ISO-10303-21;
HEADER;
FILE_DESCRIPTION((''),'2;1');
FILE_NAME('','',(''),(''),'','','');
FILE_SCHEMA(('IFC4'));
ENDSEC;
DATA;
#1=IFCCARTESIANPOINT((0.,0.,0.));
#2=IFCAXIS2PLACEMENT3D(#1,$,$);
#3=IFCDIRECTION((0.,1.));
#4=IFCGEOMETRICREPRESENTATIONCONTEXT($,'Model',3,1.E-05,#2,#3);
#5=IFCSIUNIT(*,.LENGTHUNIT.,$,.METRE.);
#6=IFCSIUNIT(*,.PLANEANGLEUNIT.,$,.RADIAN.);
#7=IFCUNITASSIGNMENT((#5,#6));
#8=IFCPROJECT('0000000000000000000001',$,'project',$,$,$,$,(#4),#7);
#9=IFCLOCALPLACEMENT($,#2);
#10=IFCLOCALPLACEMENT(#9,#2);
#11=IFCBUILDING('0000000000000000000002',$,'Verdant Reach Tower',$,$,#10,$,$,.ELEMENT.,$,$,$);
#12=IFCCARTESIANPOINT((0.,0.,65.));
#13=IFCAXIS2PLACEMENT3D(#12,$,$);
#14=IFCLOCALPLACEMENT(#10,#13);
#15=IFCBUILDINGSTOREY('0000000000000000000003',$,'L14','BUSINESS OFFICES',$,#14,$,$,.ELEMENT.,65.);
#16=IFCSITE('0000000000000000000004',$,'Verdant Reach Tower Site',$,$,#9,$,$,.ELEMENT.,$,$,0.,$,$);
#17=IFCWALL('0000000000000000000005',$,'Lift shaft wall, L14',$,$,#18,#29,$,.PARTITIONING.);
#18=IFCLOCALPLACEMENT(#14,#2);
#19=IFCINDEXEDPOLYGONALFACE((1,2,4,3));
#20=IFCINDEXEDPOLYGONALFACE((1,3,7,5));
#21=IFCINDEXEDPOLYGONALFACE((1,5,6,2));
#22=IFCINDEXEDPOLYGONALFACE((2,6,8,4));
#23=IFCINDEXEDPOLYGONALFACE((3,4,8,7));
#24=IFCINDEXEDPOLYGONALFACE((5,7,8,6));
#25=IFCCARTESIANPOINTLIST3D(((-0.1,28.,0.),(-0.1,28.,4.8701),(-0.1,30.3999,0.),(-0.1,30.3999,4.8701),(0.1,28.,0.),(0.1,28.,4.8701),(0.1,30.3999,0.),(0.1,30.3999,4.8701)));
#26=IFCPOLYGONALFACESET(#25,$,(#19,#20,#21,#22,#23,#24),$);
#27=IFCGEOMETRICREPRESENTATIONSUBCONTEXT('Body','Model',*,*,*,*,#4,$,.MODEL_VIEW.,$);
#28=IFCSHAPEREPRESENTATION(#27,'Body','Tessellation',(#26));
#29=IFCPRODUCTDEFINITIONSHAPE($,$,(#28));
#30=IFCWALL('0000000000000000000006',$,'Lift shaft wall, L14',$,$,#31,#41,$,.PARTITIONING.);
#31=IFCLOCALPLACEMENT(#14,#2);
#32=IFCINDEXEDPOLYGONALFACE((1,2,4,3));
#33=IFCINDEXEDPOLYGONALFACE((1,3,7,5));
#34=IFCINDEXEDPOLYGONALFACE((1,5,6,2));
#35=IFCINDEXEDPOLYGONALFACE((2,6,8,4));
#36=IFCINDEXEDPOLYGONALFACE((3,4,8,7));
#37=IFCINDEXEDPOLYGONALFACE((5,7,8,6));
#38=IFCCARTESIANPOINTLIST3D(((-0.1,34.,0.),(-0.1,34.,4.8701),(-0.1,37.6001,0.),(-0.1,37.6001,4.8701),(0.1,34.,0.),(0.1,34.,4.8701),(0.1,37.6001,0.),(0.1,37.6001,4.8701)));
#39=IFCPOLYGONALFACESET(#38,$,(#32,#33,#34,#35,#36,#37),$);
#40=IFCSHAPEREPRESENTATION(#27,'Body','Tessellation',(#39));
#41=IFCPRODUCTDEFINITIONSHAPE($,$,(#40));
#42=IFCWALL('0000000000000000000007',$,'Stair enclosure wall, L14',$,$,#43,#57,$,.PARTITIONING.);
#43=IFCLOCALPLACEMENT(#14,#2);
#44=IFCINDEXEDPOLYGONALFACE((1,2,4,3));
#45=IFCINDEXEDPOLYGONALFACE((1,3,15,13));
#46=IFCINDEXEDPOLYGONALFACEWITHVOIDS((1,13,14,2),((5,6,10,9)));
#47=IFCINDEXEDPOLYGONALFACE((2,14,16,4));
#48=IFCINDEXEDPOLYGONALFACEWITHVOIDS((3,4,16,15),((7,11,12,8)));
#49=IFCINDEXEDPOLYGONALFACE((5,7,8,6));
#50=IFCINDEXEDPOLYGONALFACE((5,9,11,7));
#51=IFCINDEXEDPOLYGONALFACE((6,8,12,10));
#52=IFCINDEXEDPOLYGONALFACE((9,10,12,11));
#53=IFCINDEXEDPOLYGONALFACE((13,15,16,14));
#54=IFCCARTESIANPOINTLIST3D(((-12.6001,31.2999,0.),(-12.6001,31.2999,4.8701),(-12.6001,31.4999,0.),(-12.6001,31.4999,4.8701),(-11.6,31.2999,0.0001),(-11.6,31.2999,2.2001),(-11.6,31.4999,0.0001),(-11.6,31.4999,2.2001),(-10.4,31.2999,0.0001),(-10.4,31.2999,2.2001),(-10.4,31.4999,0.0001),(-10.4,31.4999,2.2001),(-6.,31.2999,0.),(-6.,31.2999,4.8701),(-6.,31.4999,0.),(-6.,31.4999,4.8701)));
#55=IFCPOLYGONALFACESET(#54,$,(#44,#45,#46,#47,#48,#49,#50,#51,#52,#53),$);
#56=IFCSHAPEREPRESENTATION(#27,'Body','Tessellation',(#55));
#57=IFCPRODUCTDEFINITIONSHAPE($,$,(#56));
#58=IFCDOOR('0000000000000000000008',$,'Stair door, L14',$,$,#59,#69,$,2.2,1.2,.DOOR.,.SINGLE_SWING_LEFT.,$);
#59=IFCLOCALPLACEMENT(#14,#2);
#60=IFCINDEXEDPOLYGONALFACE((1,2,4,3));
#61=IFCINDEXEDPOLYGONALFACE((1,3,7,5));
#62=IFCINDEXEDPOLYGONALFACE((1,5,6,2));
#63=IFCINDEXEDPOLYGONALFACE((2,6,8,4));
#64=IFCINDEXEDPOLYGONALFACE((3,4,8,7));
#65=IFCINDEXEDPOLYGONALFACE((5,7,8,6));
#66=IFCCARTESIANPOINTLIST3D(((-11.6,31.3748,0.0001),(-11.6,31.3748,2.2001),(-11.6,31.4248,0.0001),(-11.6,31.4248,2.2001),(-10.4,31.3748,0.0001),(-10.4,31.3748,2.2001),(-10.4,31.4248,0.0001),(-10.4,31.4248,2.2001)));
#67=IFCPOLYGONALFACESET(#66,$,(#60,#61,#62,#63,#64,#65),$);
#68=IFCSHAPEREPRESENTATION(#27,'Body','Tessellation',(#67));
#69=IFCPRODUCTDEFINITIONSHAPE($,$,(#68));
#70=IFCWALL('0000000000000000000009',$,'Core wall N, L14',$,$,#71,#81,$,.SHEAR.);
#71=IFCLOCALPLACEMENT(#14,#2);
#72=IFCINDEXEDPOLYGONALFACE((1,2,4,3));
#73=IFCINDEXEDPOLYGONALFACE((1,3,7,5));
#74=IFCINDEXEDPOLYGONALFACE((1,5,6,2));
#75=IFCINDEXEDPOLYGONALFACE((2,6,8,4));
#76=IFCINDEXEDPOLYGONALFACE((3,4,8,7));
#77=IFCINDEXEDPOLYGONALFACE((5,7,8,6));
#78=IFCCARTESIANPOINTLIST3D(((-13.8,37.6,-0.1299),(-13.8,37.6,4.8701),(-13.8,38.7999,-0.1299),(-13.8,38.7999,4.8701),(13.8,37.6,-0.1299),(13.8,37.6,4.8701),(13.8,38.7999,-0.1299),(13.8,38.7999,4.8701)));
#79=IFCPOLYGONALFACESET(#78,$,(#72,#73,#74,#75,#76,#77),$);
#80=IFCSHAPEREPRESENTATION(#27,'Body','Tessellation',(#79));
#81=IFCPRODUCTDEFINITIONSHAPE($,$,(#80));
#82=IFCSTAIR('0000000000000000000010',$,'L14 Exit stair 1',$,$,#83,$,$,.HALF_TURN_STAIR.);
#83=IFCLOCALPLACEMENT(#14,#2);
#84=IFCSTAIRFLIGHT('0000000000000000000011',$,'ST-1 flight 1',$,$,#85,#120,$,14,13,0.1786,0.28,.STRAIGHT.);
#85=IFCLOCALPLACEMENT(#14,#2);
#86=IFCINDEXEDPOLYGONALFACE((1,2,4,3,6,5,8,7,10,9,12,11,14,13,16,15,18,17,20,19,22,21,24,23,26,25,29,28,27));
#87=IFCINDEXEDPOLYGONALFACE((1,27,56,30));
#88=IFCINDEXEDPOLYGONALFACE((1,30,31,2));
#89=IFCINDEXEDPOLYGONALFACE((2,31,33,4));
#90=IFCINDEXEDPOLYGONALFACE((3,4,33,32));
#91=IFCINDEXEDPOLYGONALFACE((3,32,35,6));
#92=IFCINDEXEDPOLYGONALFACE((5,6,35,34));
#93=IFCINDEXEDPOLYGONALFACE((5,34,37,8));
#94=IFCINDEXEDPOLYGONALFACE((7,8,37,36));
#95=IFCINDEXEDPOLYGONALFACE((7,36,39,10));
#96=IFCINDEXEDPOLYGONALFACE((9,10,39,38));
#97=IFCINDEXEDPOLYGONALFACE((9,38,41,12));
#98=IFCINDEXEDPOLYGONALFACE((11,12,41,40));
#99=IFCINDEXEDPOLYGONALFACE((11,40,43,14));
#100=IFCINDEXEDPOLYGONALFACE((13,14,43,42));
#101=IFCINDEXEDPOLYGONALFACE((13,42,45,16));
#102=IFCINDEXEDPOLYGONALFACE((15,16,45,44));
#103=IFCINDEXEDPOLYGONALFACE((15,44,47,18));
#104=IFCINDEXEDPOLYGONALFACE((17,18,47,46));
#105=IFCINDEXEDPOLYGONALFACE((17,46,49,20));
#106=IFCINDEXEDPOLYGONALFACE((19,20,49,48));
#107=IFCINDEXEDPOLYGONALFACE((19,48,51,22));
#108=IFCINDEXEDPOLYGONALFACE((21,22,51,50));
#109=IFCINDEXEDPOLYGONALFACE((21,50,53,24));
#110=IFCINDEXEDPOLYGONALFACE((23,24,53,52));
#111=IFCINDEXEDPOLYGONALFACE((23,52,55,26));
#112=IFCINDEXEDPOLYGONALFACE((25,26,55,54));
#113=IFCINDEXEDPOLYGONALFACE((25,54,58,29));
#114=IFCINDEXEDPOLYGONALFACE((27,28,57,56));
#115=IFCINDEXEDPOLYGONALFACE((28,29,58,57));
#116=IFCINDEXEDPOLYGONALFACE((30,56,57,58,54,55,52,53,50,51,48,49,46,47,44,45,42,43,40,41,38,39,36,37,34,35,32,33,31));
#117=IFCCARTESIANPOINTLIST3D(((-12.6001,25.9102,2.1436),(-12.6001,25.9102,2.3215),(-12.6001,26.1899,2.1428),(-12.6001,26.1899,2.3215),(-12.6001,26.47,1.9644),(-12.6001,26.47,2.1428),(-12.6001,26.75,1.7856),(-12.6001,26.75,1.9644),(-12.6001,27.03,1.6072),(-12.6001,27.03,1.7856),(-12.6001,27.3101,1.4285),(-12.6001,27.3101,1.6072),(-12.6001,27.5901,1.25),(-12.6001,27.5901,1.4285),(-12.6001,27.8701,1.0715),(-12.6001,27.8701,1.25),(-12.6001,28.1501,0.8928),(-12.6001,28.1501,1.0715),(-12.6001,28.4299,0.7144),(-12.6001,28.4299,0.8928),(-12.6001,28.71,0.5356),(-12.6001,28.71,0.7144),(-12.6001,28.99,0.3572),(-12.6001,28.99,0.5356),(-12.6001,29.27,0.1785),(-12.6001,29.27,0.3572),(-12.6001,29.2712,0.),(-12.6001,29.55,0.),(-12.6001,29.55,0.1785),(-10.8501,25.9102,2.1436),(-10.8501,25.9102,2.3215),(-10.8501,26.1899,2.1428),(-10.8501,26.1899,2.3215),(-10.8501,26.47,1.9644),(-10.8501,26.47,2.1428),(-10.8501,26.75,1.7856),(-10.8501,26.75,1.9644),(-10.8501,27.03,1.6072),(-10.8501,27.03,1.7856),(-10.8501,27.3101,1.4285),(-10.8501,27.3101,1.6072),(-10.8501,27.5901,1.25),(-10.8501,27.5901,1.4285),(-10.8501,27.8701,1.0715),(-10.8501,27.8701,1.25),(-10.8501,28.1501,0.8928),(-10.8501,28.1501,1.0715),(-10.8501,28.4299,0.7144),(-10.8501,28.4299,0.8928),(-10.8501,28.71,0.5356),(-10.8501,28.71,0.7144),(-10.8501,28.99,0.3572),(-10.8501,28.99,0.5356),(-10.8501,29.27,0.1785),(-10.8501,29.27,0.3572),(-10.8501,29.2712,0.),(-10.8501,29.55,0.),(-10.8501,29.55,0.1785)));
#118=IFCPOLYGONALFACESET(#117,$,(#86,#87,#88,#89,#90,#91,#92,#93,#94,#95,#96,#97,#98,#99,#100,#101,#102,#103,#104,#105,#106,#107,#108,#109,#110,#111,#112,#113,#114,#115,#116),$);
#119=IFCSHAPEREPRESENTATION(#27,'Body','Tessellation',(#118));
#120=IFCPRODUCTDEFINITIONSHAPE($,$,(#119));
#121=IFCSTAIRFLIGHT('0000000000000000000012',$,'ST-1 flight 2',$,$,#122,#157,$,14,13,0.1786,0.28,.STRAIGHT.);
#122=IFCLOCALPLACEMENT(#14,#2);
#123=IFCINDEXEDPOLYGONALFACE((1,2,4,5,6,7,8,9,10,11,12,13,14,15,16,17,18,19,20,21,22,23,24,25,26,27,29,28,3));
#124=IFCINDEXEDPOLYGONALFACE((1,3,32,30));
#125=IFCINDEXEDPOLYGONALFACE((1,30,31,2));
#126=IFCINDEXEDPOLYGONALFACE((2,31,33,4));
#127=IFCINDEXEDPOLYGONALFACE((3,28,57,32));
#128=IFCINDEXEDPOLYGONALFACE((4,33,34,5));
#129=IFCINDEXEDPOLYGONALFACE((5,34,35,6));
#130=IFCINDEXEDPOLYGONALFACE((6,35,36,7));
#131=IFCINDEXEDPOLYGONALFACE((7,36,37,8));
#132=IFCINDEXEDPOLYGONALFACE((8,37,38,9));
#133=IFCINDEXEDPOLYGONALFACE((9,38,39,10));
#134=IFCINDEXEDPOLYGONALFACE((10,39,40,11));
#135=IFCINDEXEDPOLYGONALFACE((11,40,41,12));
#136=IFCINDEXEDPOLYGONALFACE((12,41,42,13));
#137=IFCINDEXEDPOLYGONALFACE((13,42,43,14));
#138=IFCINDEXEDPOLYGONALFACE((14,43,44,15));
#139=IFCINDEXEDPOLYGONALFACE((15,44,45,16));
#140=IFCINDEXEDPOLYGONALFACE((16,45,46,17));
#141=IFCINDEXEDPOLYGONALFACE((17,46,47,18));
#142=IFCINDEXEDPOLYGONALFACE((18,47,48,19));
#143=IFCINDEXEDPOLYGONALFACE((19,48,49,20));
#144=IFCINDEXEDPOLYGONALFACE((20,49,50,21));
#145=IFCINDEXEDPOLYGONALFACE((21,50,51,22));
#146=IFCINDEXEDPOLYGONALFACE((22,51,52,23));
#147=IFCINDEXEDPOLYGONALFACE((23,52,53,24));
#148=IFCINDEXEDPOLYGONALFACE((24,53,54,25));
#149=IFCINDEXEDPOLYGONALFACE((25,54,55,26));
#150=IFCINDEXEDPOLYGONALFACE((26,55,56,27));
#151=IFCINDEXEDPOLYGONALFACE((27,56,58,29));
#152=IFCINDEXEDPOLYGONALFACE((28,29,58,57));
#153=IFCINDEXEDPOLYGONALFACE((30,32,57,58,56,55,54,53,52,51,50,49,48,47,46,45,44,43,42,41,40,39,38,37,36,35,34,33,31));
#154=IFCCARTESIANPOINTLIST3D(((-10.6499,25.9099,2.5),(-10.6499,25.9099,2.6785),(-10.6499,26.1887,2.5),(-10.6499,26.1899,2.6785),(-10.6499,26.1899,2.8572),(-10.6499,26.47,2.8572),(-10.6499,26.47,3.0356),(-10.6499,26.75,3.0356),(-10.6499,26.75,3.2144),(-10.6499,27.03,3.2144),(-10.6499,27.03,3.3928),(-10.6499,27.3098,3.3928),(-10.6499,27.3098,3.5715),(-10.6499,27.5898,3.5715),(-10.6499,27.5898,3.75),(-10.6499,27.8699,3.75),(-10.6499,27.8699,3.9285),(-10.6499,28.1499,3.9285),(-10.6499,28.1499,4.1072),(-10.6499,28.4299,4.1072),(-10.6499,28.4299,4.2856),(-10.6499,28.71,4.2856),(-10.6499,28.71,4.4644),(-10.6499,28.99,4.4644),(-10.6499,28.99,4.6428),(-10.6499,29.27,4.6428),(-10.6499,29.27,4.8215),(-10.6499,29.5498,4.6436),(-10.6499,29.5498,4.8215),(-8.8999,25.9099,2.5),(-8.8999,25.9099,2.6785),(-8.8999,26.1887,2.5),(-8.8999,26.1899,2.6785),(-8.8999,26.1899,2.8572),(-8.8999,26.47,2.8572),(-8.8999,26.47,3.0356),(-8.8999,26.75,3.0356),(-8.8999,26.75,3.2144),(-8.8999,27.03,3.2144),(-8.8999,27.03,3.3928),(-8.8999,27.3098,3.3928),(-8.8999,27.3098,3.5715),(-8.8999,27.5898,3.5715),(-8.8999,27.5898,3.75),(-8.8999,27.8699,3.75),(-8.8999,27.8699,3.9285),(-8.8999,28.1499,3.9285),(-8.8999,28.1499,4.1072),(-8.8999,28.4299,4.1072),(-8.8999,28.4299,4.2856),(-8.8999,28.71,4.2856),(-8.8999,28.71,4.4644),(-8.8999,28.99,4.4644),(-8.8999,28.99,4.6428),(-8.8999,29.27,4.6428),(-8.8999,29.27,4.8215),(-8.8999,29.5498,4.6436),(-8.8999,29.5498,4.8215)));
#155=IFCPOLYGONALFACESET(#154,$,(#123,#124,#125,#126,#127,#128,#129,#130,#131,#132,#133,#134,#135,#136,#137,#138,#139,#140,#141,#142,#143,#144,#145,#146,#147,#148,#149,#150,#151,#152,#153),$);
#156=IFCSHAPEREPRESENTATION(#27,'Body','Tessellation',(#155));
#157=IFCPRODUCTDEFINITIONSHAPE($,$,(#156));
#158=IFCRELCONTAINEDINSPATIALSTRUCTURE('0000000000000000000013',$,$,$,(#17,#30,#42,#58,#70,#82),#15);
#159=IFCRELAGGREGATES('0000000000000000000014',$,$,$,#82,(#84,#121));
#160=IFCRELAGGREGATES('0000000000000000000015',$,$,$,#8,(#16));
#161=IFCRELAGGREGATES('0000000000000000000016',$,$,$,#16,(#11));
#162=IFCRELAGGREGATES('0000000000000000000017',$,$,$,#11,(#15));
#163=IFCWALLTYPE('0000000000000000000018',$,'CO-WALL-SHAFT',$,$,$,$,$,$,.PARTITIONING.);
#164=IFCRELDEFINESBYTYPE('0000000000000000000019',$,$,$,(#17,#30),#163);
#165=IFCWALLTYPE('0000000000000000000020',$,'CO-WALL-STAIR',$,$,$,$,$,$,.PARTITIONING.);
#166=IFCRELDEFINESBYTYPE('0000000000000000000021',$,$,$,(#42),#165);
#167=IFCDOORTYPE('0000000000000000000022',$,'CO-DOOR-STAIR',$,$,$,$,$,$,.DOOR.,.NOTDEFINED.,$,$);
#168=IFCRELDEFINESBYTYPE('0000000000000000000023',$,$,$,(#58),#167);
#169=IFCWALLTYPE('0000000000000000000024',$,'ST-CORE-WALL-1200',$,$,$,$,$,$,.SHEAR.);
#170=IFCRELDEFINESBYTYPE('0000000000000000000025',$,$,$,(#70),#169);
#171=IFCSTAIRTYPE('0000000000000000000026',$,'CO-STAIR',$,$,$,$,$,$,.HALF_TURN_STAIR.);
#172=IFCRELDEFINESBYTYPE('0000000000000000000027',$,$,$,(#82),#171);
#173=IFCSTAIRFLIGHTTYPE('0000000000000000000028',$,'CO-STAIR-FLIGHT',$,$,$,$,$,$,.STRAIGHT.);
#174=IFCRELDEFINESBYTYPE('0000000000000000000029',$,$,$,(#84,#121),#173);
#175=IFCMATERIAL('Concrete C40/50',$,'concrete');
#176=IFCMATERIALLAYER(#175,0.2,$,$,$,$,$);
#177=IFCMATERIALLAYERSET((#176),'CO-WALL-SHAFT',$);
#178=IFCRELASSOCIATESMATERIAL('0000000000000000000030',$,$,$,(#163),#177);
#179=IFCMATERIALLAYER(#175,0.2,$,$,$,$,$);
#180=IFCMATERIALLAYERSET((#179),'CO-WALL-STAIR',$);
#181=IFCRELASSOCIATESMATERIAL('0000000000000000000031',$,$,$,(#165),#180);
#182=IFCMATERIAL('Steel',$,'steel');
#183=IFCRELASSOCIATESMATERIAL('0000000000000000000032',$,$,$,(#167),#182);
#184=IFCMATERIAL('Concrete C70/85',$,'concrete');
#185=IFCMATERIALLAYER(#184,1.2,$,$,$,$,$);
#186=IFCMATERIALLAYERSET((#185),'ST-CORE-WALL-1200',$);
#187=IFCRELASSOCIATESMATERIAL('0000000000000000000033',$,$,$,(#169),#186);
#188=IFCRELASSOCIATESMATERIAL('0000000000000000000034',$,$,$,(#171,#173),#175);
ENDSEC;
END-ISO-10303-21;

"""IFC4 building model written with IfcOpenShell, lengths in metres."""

from ifc_helpers import new_model, si_unit, direction, frame, frame_2d, origin, place, context, subcontext, project, spatial, polyline, rectangle, outline, extrude, material, layer, layer_set, type_object, element, fill, aggregate, save


model = new_model("IFC4")

# Units and contexts
model_context = context("Model", 3, precision=1e-05, world=origin(), true_north=direction((0.0, 1.0)))
body_context = subcontext(model_context, "Body", "Model", "MODEL_VIEW")
ifc_project = project(units=[si_unit("LENGTHUNIT", "METRE"), si_unit("PLANEANGLEUNIT", "RADIAN")], contexts=[model_context])

# Site, building, storey
site_placement = place(None, origin())
site = spatial("IfcSite", under=ifc_project, at=site_placement, Name="Verdant Reach Tower Site", CompositionType="ELEMENT", RefElevation=0.0)
building_placement = place(site_placement, origin())
building = spatial("IfcBuilding", under=site, at=building_placement, Name="Verdant Reach Tower", CompositionType="ELEMENT")
storey_placement = place(building_placement, frame((0.0, 0.0, 65.0)))
storey = spatial("IfcBuildingStorey", under=building, at=storey_placement, Name="L14", Description="BUSINESS OFFICES", CompositionType="ELEMENT", Elevation=65.0)

# Shared definitions
ifc_material_1 = material(Name="Concrete C40/50", Category="concrete")
ifc_layer_1 = layer(ifc_material_1, 0.2)
ifc_layer_set_1 = layer_set([ifc_layer_1], Name="CO-WALL-SHAFT")
wall_type_1 = type_object("IfcWallType", Name="CO-WALL-SHAFT", PredefinedType="PARTITIONING", material=ifc_layer_set_1)

# Shared definitions
ifc_material_2 = material(Name="Steel", Category="steel")

# Walls
wall_1_placement = place(storey_placement, frame((0.0, 28.0, 0.0), z_axis=(0.0, 0.0, 1.0), x_axis=(0.0, 1.0, 0.0)))
element("IfcWall", 1, at=wall_1_placement, inside=storey, type_object=wall_type_1, Name="Lift shaft wall, L14", PredefinedType="PARTITIONING", context=body_context, shape_type="SweptSolid", body=[
    extrude(rectangle(XDim=2.3999, YDim=0.2, at=frame_2d((1.2, 0.0))), origin(), (0.0, 0.0, 1.0), 4.8701),
])
wall_2_placement = place(storey_placement, frame((0.0, 34.0, 0.0), z_axis=(0.0, 0.0, 1.0), x_axis=(0.0, 1.0, 0.0)))
element("IfcWall", 2, at=wall_2_placement, inside=storey, type_object=wall_type_1, Name="Lift shaft wall, L14", PredefinedType="PARTITIONING", context=body_context, shape_type="SweptSolid", body=[
    extrude(rectangle(XDim=3.6001, YDim=0.2, at=frame_2d((1.8, 0.0))), origin(), (0.0, 0.0, 1.0), 4.8701),
])

# Wall, opening, door
ifc_layer_2 = layer(ifc_material_1, 0.2)
ifc_layer_set_2 = layer_set([ifc_layer_2], Name="CO-WALL-STAIR")
wall_type_2 = type_object("IfcWallType", Name="CO-WALL-STAIR", PredefinedType="PARTITIONING", material=ifc_layer_set_2)
wall_3_placement = place(storey_placement, frame((-12.6001, 31.3999, 0.0), z_axis=(0.0, 0.0, 1.0), x_axis=(1.0, 0.0, 0.0)))
wall_3 = element("IfcWall", 3, at=wall_3_placement, inside=storey, type_object=wall_type_2, Name="Stair enclosure wall, L14", PredefinedType="PARTITIONING", context=body_context, shape_type="SweptSolid", body=[
    extrude(rectangle(XDim=6.6001, YDim=0.2, at=frame_2d((3.3, 0.0))), origin(), (0.0, 0.0, 1.0), 4.8701),
])
opening_1_placement = place(wall_3_placement, frame((1.0, 0.0, 0.0)))
opening_1 = element("IfcOpeningElement", 4, at=opening_1_placement, cuts=wall_3, PredefinedType="OPENING", context=body_context, shape_type="SweptSolid", body=[
    extrude(rectangle(XDim=1.2, YDim=2.2, at=frame_2d((0.6001, 1.1001))), frame((0.0, 0.1099, 0.0), z_axis=(0.0, -1.0, 0.0), x_axis=(1.0, 0.0, 0.0)), (0.0, 0.0, 1.0), 0.22),
])
door_type_1 = type_object("IfcDoorType", Name="CO-DOOR-STAIR", OperationType="NOTDEFINED", PredefinedType="DOOR", material=ifc_material_2)
door_1_placement = place(opening_1_placement, origin())
door_1 = element("IfcDoor", 5, at=door_1_placement, inside=storey, type_object=door_type_1, Name="Stair door, L14", OperationType="SINGLE_SWING_LEFT", OverallHeight=2.2, OverallWidth=1.2, PredefinedType="DOOR", context=body_context, shape_type="SweptSolid", body=[
    extrude(rectangle(XDim=1.2, YDim=2.2, at=frame_2d((0.6001, 1.1001))), frame((0.0, 0.0249, 0.0), z_axis=(0.0, -1.0, 0.0), x_axis=(1.0, 0.0, 0.0)), (0.0, 0.0, 1.0), 0.05),
])
fill(opening_1, door_1)

# Wall
ifc_material_3 = material(Name="Concrete C70/85", Category="concrete")
ifc_layer_3 = layer(ifc_material_3, 1.2)
ifc_layer_set_3 = layer_set([ifc_layer_3], Name="ST-CORE-WALL-1200")
wall_type_3 = type_object("IfcWallType", Name="ST-CORE-WALL-1200", PredefinedType="SHEAR", material=ifc_layer_set_3)
wall_4_placement = place(storey_placement, frame((-13.8, 38.2, -0.1299), z_axis=(0.0, 0.0, 1.0), x_axis=(1.0, 0.0, 0.0)))
element("IfcWall", 6, at=wall_4_placement, inside=storey, type_object=wall_type_3, Name="Core wall N, L14", PredefinedType="SHEAR", context=body_context, shape_type="SweptSolid", body=[
    extrude(rectangle(XDim=27.6001, YDim=1.2, at=frame_2d((13.8, 0.0))), origin(), (0.0, 0.0, 1.0), 5.0),
])

# Stair, stair flights
stair_type = type_object("IfcStairType", Name="CO-STAIR", PredefinedType="HALF_TURN_STAIR", material=ifc_material_1)
stair_placement = place(storey_placement, origin())
stair = element("IfcStair", 7, at=stair_placement, inside=storey, type_object=stair_type, Name="L14 Exit stair 1", PredefinedType="HALF_TURN_STAIR")
stair_flight_type = type_object("IfcStairFlightType", Name="CO-STAIR-FLIGHT", PredefinedType="STRAIGHT", material=ifc_material_1)
stair_flight_1_placement = place(storey_placement, frame((-11.7251, 29.55, 0.0), z_axis=(0.0, 0.0, 1.0), x_axis=(0.0, -1.0, 0.0)))
stair_flight_1 = element("IfcStairFlight", 8, at=stair_flight_1_placement, type_object=stair_flight_type, Name="ST-1 flight 1", NumberOfRisers=14, NumberOfTreads=13, PredefinedType="STRAIGHT", RiserHeight=0.1786, TreadLength=0.28, context=body_context, shape_type="SweptSolid", body=[
    extrude(outline(polyline([(0.0, 0.0), (0.0, 0.1785), (0.28, 0.1785), (0.28, 0.3572), (0.5601, 0.3572), (0.5601, 0.5356), (0.8401, 0.5356), (0.8401, 0.7144), (1.1201, 0.7144), (1.1201, 0.8928), (1.3999, 0.8928), (1.3999, 1.0715), (1.6799, 1.0715), (1.6799, 1.25), (1.96, 1.25), (1.96, 1.4285), (2.24, 1.4285), (2.24, 1.6072), (2.52, 1.6072), (2.52, 1.7856), (2.8, 1.7856), (2.8, 1.9644), (3.0801, 1.9644), (3.0801, 2.1428), (3.3601, 2.1428), (3.3601, 2.3215), (3.6399, 2.3215), (3.6399, 2.5), (3.6399, 2.1436), (0.2788, 0.0), (0.0, 0.0)])), frame((0.0, 0.875, 0.0), z_axis=(0.0, -1.0, 0.0), x_axis=(1.0, 0.0, 0.0)), (0.0, 0.0, 1.0), 1.75),
])
stair_flight_2_placement = place(storey_placement, frame((-9.7749, 25.9099, 2.5), z_axis=(0.0, 0.0, 1.0), x_axis=(0.0, 1.0, 0.0)))
stair_flight_2 = element("IfcStairFlight", 9, at=stair_flight_2_placement, type_object=stair_flight_type, Name="ST-1 flight 2", NumberOfRisers=14, NumberOfTreads=13, PredefinedType="STRAIGHT", RiserHeight=0.1786, TreadLength=0.28, context=body_context, shape_type="SweptSolid", body=[
    extrude(outline(polyline([(0.0, 0.0), (0.0, 0.1785), (0.28, 0.1785), (0.28, 0.3572), (0.5601, 0.3572), (0.5601, 0.5356), (0.8401, 0.5356), (0.8401, 0.7144), (1.1201, 0.7144), (1.1201, 0.8928), (1.3999, 0.8928), (1.3999, 1.0715), (1.6799, 1.0715), (1.6799, 1.25), (1.96, 1.25), (1.96, 1.4285), (2.24, 1.4285), (2.24, 1.6072), (2.52, 1.6072), (2.52, 1.7856), (2.8, 1.7856), (2.8, 1.9644), (3.0801, 1.9644), (3.0801, 2.1428), (3.3601, 2.1428), (3.3601, 2.3215), (3.6399, 2.3215), (3.6399, 2.5), (3.6399, 2.1436), (0.2788, 0.0), (0.0, 0.0)])), frame((0.0, 0.875, 0.0), z_axis=(0.0, -1.0, 0.0), x_axis=(1.0, 0.0, 0.0)), (0.0, 0.0, 1.0), 1.75),
])
aggregate(stair, [stair_flight_1, stair_flight_2])

save(model, "model.ifc")
